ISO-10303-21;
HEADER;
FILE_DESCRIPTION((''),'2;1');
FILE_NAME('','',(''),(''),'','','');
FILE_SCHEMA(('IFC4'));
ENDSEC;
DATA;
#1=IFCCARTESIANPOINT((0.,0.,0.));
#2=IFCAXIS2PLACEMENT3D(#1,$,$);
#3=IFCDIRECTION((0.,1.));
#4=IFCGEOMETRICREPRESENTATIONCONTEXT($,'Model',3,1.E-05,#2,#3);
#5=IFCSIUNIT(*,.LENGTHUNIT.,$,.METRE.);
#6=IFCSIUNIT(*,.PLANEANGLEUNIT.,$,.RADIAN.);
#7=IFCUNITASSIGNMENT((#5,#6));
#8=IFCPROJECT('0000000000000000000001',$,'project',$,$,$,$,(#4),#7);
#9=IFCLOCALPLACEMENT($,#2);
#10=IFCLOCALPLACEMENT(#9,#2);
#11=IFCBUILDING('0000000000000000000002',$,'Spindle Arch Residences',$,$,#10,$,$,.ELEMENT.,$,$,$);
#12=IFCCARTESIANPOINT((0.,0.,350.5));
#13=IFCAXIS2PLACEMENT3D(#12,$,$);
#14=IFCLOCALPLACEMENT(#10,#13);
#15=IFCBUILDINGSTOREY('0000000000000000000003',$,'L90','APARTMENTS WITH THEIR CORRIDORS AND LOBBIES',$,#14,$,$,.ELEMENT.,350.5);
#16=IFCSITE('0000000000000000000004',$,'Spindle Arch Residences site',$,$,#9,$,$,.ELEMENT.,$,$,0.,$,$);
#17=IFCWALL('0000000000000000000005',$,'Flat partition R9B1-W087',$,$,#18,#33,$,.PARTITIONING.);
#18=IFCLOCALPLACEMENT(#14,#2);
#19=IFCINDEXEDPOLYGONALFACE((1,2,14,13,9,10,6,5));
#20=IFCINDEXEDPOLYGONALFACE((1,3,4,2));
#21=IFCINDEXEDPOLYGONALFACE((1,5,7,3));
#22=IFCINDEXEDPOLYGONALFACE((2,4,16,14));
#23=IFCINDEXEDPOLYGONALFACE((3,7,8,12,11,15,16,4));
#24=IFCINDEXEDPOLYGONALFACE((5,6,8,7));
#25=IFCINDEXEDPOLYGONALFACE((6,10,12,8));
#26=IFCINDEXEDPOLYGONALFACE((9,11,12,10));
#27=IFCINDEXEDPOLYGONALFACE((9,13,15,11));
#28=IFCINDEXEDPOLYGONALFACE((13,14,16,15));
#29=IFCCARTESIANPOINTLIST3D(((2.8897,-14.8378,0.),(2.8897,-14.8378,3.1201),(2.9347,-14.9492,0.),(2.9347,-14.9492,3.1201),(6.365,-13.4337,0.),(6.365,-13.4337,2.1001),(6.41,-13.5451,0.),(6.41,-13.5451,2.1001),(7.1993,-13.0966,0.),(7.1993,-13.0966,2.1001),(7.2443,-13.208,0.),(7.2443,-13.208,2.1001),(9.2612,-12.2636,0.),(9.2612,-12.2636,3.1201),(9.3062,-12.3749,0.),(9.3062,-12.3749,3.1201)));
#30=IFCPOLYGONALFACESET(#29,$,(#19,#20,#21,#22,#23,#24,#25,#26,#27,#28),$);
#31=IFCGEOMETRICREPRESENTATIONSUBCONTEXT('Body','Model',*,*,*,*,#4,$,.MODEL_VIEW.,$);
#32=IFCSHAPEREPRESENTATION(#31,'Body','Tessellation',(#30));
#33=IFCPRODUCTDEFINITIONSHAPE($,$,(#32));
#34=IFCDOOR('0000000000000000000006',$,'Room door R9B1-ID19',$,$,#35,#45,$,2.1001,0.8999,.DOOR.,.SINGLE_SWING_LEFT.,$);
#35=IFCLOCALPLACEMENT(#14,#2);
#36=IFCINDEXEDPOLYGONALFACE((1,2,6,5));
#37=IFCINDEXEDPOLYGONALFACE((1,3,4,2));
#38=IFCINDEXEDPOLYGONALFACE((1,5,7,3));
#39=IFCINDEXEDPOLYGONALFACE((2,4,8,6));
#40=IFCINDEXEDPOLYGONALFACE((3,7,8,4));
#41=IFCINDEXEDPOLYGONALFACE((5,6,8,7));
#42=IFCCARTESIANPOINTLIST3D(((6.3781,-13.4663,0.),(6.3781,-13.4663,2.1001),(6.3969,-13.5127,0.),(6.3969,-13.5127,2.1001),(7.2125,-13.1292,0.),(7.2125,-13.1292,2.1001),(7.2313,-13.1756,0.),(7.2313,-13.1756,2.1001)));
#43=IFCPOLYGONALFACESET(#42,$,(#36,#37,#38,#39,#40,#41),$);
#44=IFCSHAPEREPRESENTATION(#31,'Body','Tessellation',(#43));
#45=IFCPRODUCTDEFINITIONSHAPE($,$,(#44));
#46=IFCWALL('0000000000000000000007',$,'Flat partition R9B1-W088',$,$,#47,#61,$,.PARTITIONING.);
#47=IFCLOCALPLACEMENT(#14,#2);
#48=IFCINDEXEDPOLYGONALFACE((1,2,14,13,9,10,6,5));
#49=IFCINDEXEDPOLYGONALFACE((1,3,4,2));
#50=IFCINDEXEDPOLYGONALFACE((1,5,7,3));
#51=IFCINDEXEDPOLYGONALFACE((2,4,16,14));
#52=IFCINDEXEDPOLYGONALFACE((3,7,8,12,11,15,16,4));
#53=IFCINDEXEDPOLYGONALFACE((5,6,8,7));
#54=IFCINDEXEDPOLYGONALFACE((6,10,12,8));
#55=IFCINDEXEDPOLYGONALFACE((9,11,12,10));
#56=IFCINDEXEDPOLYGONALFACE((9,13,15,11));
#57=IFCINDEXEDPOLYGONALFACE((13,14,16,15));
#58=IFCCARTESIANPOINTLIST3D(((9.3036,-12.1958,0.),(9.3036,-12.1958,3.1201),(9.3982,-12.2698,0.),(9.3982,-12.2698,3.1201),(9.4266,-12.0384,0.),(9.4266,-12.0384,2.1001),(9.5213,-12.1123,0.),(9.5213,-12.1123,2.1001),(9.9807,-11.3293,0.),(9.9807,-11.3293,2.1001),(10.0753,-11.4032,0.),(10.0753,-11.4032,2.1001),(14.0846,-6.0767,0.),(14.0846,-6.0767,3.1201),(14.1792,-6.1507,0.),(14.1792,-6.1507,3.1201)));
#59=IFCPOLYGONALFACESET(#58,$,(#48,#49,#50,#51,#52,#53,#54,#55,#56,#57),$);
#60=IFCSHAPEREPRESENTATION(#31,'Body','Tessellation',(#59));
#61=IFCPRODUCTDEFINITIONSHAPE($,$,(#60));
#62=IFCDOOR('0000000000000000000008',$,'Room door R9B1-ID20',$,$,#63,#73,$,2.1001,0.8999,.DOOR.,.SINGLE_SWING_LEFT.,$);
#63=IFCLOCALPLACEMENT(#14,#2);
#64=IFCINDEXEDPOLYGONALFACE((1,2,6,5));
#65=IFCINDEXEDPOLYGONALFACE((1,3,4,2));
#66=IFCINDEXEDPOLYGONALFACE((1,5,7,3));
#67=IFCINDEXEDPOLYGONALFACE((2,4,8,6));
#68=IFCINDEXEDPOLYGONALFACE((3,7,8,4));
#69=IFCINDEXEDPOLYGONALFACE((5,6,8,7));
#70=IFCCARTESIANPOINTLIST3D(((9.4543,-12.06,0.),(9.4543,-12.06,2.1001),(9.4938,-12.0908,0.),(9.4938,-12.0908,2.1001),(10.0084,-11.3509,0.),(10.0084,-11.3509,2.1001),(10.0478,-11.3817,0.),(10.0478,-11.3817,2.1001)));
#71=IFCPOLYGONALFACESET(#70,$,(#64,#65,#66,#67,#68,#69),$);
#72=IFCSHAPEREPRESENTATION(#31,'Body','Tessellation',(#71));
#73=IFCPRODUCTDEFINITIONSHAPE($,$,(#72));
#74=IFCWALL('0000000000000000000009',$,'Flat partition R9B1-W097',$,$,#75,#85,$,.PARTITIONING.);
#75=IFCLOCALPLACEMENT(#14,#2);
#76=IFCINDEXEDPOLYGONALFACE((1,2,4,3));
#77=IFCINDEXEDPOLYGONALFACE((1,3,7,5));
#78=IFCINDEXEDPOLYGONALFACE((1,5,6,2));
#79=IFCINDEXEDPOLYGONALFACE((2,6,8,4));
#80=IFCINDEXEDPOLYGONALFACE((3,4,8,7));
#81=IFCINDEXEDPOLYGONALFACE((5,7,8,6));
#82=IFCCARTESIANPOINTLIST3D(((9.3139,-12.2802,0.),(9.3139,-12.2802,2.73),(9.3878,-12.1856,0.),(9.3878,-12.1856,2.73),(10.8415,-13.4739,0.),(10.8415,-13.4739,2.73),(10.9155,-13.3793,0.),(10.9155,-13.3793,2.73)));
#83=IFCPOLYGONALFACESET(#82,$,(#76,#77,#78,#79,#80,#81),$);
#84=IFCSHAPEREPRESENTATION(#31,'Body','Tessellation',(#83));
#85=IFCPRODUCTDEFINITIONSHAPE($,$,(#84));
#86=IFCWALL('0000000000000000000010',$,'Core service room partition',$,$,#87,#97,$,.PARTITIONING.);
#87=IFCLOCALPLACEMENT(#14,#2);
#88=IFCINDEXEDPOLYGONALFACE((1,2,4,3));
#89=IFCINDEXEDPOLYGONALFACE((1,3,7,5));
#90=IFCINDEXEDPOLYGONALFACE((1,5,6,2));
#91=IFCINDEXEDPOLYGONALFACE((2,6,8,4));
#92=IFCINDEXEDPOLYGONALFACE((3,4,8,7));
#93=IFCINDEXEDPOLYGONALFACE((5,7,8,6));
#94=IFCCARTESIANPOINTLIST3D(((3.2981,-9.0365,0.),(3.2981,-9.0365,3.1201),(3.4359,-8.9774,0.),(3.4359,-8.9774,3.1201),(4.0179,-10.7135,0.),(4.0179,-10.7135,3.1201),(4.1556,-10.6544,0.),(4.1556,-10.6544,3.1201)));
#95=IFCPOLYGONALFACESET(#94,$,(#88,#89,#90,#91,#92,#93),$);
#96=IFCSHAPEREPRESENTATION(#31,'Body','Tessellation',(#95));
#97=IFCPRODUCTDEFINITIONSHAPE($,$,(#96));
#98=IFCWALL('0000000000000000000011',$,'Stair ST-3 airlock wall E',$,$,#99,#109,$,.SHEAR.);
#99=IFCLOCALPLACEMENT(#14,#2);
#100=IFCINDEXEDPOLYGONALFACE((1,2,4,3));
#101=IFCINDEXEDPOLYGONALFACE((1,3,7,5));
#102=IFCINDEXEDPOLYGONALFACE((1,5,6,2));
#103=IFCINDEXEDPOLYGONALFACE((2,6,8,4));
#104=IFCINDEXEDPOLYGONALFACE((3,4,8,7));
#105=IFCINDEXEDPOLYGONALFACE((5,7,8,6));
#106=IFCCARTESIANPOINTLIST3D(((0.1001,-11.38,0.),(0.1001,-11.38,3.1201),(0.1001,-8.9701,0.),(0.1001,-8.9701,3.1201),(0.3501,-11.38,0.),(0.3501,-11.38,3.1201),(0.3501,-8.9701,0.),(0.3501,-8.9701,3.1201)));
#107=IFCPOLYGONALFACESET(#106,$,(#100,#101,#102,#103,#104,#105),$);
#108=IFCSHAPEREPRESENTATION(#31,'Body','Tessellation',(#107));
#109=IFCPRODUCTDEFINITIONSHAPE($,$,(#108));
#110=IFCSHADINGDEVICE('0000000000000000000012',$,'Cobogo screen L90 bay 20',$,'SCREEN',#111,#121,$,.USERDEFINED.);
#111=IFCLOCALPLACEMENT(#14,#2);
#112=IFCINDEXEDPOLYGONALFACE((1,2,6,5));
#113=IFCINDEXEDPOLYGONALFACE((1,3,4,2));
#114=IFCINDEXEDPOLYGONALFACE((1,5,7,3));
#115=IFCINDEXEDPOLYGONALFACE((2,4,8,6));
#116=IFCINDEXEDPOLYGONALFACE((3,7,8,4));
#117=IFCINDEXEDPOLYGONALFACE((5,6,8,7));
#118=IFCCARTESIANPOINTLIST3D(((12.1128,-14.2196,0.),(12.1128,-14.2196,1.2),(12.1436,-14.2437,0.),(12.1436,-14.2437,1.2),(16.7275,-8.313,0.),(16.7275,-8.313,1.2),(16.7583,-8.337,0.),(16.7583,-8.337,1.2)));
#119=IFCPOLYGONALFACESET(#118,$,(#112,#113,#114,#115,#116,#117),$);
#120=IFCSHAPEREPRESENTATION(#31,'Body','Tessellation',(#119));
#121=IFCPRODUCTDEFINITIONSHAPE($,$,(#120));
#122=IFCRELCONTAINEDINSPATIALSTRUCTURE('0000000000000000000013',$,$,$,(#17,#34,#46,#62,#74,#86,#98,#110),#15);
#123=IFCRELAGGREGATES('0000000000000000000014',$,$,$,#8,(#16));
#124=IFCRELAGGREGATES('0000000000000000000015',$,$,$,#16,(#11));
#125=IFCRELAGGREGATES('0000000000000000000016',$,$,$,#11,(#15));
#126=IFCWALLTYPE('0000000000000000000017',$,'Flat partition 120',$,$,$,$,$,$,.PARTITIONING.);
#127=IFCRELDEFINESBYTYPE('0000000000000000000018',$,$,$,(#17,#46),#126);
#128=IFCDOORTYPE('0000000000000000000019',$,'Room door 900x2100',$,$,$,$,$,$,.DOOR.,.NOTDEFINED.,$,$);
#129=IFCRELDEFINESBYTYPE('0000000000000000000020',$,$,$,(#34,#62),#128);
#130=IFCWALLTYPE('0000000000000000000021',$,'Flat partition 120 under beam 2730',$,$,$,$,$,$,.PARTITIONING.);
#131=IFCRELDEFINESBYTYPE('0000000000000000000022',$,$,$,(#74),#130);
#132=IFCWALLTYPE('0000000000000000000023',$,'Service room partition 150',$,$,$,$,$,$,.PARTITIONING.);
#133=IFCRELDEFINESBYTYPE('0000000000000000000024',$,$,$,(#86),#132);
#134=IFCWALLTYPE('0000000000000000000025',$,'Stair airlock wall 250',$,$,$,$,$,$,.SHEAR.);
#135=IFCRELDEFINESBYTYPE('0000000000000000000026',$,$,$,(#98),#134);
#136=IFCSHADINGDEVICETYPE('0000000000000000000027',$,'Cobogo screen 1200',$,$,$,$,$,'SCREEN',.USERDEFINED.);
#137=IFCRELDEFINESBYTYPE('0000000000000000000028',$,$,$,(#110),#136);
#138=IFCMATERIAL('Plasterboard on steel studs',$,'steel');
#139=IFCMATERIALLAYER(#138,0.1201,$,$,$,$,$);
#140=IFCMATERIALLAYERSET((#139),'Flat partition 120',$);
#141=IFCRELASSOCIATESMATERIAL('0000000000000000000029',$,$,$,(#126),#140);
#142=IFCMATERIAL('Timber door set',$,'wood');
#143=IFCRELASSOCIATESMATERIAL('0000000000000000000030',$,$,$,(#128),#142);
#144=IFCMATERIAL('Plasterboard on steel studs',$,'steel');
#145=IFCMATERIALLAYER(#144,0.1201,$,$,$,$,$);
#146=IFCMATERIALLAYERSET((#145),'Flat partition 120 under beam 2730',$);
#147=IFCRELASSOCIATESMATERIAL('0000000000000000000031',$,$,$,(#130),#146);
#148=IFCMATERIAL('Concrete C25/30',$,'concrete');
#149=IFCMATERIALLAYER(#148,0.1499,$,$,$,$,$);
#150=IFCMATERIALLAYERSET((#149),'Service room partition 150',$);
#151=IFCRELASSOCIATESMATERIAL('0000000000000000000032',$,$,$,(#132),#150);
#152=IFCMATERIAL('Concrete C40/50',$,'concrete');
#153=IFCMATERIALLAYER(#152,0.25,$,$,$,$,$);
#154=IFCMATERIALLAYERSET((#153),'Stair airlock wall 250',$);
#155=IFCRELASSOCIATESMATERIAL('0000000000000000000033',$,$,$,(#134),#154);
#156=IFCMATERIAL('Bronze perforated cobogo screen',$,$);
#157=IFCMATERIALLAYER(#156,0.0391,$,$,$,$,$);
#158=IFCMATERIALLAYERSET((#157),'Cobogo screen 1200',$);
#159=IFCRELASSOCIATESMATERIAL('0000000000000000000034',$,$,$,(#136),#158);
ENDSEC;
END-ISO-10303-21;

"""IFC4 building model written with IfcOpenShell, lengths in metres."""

from ifc_helpers import new_model, si_unit, direction, frame, frame_2d, origin, origin_2d, place, context, subcontext, project, spatial, rectangle, extrude, material, layer, layer_set, type_object, element, fill, save


model = new_model("IFC4")

# Units and contexts
model_context = context("Model", 3, precision=1e-05, world=origin(), true_north=direction((0.0, 1.0)))
body_context = subcontext(model_context, "Body", "Model", "MODEL_VIEW")
ifc_project = project(units=[si_unit("LENGTHUNIT", "METRE"), si_unit("PLANEANGLEUNIT", "RADIAN")], contexts=[model_context])

# Site, building, storey
site_placement = place(None, origin())
site = spatial("IfcSite", under=ifc_project, at=site_placement, Name="Spindle Arch Residences site", CompositionType="ELEMENT", RefElevation=0.0)
building_placement = place(site_placement, origin())
building = spatial("IfcBuilding", under=site, at=building_placement, Name="Spindle Arch Residences", CompositionType="ELEMENT")
storey_placement = place(building_placement, frame((0.0, 0.0, 350.5)))
storey = spatial("IfcBuildingStorey", under=building, at=storey_placement, Name="L90", Description="APARTMENTS WITH THEIR CORRIDORS AND LOBBIES", CompositionType="ELEMENT", Elevation=350.5)

# Shared definitions
ifc_material_1 = material(Name="Plasterboard on steel studs", Category="steel")
ifc_layer_1 = layer(ifc_material_1, 0.1201)
ifc_layer_set_1 = layer_set([ifc_layer_1], Name="Flat partition 120")
wall_type_1 = type_object("IfcWallType", Name="Flat partition 120", PredefinedType="PARTITIONING", material=ifc_layer_set_1)

# Walls, openings, doors
wall_1_placement = place(storey_placement, frame((2.9121, -14.8936, 0.0), z_axis=(0.0, 0.0, 1.0), x_axis=(0.927182, 0.37461, 0.0)))
wall_1 = element("IfcWall", 1, at=wall_1_placement, inside=storey, type_object=wall_type_1, Name="Flat partition R9B1-W087", PredefinedType="PARTITIONING", context=body_context, shape_type="SweptSolid", body=[
    extrude(rectangle(XDim=6.8718, YDim=0.1201, at=frame_2d((3.436, 0.0))), origin(), (0.0, 0.0, 1.0), 3.1201),
])
opening_1_placement = place(wall_1_placement, frame((3.7483, 0.0, 0.0)))
opening_1 = element("IfcOpeningElement", 2, at=opening_1_placement, cuts=wall_1, PredefinedType="OPENING", context=body_context, shape_type="SweptSolid", body=[
    extrude(rectangle(XDim=0.8999, YDim=2.1001, at=frame_2d((0.45, 1.05))), frame((0.0, 0.0701, 0.0), z_axis=(0.0, -1.0, 0.0), x_axis=(1.0, 0.0, 0.0)), (0.0, 0.0, 1.0), 0.1401),
])
ifc_material_2 = material(Name="Timber door set", Category="wood")
door_type_1 = type_object("IfcDoorType", Name="Room door 900x2100", OperationType="NOTDEFINED", PredefinedType="DOOR", material=ifc_material_2)
door_1_placement = place(opening_1_placement, origin())
door_1 = element("IfcDoor", 3, at=door_1_placement, inside=storey, type_object=door_type_1, Name="Room door R9B1-ID19", OperationType="SINGLE_SWING_LEFT", OverallHeight=2.1001, OverallWidth=0.8999, PredefinedType="DOOR", context=body_context, shape_type="SweptSolid", body=[
    extrude(rectangle(XDim=0.8999, YDim=2.1001, at=frame_2d((0.45, 1.05))), frame((0.0, 0.0249, 0.0), z_axis=(0.0, -1.0, 0.0), x_axis=(1.0, 0.0, 0.0)), (0.0, 0.0, 1.0), 0.05),
])
fill(opening_1, door_1)
wall_2_placement = place(storey_placement, frame((9.3508, -12.2329, 0.0), z_axis=(0.0, 0.0, 1.0), x_axis=(0.615678, 0.787998, 0.0)))
wall_2 = element("IfcWall", 4, at=wall_2_placement, inside=storey, type_object=wall_type_1, Name="Flat partition R9B1-W088", PredefinedType="PARTITIONING", context=body_context, shape_type="SweptSolid", body=[
    extrude(rectangle(XDim=7.7654, YDim=0.1201, at=frame_2d((3.8828, 0.0))), origin(), (0.0, 0.0, 1.0), 3.1201),
])
opening_2_placement = place(wall_2_placement, frame((0.2, 0.0, 0.0)))
opening_2 = element("IfcOpeningElement", 5, at=opening_2_placement, cuts=wall_2, PredefinedType="OPENING", context=body_context, shape_type="SweptSolid", body=[
    extrude(rectangle(XDim=0.8999, YDim=2.1001, at=frame_2d((0.45, 1.05))), frame((0.0, 0.0701, 0.0), z_axis=(0.0, -1.0, 0.0), x_axis=(1.0, 0.0, 0.0)), (0.0, 0.0, 1.0), 0.1401),
])
door_2_placement = place(opening_2_placement, origin())
door_2 = element("IfcDoor", 6, at=door_2_placement, inside=storey, type_object=door_type_1, Name="Room door R9B1-ID20", OperationType="SINGLE_SWING_LEFT", OverallHeight=2.1001, OverallWidth=0.8999, PredefinedType="DOOR", context=body_context, shape_type="SweptSolid", body=[
    extrude(rectangle(XDim=0.8999, YDim=2.1001, at=frame_2d((0.45, 1.05))), frame((0.0, 0.0249, 0.0), z_axis=(0.0, -1.0, 0.0), x_axis=(1.0, 0.0, 0.0)), (0.0, 0.0, 1.0), 0.05),
])
fill(opening_2, door_2)

# Wall
ifc_material_3 = material(Name="Plasterboard on steel studs", Category="steel")
ifc_layer_2 = layer(ifc_material_3, 0.1201)
ifc_layer_set_2 = layer_set([ifc_layer_2], Name="Flat partition 120 under beam 2730")
wall_type_2 = type_object("IfcWallType", Name="Flat partition 120 under beam 2730", PredefinedType="PARTITIONING", material=ifc_layer_set_2)
wall_3_placement = place(storey_placement, frame((10.8784, -13.4265, 0.0), z_axis=(0.0, 0.0, 1.0), x_axis=(-0.78798, 0.6157, 0.0)))
element("IfcWall", 7, at=wall_3_placement, inside=storey, type_object=wall_type_2, Name="Flat partition R9B1-W097", PredefinedType="PARTITIONING", context=body_context, shape_type="SweptSolid", body=[
    extrude(rectangle(XDim=1.9387, YDim=0.1201, at=frame_2d((0.9692, 0.0))), origin(), (0.0, 0.0, 1.0), 2.73),
])

# Walls
ifc_material_4 = material(Name="Concrete C25/30", Category="concrete")
ifc_layer_3 = layer(ifc_material_4, 0.1499)
ifc_layer_set_3 = layer_set([ifc_layer_3], Name="Service room partition 150")
wall_type_3 = type_object("IfcWallType", Name="Service room partition 150", PredefinedType="PARTITIONING", material=ifc_layer_set_3)
wall_4_placement = place(storey_placement, frame((3.3669, -9.0068, 0.0), z_axis=(0.0, 0.0, 1.0), x_axis=(0.394387, -0.918944, 0.0)))
element("IfcWall", 8, at=wall_4_placement, inside=storey, type_object=wall_type_3, Name="Core service room partition", PredefinedType="PARTITIONING", context=body_context, shape_type="SweptSolid", body=[
    extrude(rectangle(XDim=1.825, YDim=0.1499, at=frame_2d((0.9126, 0.0))), origin(), (0.0, 0.0, 1.0), 3.1201),
])
ifc_material_5 = material(Name="Concrete C40/50", Category="concrete")
ifc_layer_4 = layer(ifc_material_5, 0.25)
ifc_layer_set_4 = layer_set([ifc_layer_4], Name="Stair airlock wall 250")
wall_type_4 = type_object("IfcWallType", Name="Stair airlock wall 250", PredefinedType="SHEAR", material=ifc_layer_set_4)
wall_5_placement = place(storey_placement, frame((0.2251, -8.97, 0.0), z_axis=(0.0, 0.0, 1.0), x_axis=(0.0, -1.0, 0.0)))
element("IfcWall", 9, at=wall_5_placement, inside=storey, type_object=wall_type_4, Name="Stair ST-3 airlock wall E", PredefinedType="SHEAR", context=body_context, shape_type="SweptSolid", body=[
    extrude(rectangle(XDim=2.4099, YDim=0.25, at=frame_2d((1.2051, 0.0))), origin(), (0.0, 0.0, 1.0), 3.1201),
])

# Shading device
ifc_material_6 = material(Name="Bronze perforated cobogo screen")
ifc_layer_5 = layer(ifc_material_6, 0.0391)
ifc_layer_set_5 = layer_set([ifc_layer_5], Name="Cobogo screen 1200")
shading_device_type = type_object("IfcShadingDeviceType", Name="Cobogo screen 1200", ElementType="SCREEN", PredefinedType="USERDEFINED", material=ifc_layer_set_5)
shading_device_placement = place(storey_placement, frame((14.4355, -11.2783, 0.0), z_axis=(0.0, 0.0, 1.0), x_axis=(0.615661, 0.788011, 0.0)))
element("IfcShadingDevice", 10, at=shading_device_placement, inside=storey, type_object=shading_device_type, Name="Cobogo screen L90 bay 20", ObjectType="SCREEN", PredefinedType="USERDEFINED", context=body_context, shape_type="SweptSolid", body=[
    extrude(rectangle(XDim=7.4956, YDim=0.0391, at=origin_2d()), origin(), (0.0, 0.0, 1.0), 1.2),
])

save(model, "model.ifc")
